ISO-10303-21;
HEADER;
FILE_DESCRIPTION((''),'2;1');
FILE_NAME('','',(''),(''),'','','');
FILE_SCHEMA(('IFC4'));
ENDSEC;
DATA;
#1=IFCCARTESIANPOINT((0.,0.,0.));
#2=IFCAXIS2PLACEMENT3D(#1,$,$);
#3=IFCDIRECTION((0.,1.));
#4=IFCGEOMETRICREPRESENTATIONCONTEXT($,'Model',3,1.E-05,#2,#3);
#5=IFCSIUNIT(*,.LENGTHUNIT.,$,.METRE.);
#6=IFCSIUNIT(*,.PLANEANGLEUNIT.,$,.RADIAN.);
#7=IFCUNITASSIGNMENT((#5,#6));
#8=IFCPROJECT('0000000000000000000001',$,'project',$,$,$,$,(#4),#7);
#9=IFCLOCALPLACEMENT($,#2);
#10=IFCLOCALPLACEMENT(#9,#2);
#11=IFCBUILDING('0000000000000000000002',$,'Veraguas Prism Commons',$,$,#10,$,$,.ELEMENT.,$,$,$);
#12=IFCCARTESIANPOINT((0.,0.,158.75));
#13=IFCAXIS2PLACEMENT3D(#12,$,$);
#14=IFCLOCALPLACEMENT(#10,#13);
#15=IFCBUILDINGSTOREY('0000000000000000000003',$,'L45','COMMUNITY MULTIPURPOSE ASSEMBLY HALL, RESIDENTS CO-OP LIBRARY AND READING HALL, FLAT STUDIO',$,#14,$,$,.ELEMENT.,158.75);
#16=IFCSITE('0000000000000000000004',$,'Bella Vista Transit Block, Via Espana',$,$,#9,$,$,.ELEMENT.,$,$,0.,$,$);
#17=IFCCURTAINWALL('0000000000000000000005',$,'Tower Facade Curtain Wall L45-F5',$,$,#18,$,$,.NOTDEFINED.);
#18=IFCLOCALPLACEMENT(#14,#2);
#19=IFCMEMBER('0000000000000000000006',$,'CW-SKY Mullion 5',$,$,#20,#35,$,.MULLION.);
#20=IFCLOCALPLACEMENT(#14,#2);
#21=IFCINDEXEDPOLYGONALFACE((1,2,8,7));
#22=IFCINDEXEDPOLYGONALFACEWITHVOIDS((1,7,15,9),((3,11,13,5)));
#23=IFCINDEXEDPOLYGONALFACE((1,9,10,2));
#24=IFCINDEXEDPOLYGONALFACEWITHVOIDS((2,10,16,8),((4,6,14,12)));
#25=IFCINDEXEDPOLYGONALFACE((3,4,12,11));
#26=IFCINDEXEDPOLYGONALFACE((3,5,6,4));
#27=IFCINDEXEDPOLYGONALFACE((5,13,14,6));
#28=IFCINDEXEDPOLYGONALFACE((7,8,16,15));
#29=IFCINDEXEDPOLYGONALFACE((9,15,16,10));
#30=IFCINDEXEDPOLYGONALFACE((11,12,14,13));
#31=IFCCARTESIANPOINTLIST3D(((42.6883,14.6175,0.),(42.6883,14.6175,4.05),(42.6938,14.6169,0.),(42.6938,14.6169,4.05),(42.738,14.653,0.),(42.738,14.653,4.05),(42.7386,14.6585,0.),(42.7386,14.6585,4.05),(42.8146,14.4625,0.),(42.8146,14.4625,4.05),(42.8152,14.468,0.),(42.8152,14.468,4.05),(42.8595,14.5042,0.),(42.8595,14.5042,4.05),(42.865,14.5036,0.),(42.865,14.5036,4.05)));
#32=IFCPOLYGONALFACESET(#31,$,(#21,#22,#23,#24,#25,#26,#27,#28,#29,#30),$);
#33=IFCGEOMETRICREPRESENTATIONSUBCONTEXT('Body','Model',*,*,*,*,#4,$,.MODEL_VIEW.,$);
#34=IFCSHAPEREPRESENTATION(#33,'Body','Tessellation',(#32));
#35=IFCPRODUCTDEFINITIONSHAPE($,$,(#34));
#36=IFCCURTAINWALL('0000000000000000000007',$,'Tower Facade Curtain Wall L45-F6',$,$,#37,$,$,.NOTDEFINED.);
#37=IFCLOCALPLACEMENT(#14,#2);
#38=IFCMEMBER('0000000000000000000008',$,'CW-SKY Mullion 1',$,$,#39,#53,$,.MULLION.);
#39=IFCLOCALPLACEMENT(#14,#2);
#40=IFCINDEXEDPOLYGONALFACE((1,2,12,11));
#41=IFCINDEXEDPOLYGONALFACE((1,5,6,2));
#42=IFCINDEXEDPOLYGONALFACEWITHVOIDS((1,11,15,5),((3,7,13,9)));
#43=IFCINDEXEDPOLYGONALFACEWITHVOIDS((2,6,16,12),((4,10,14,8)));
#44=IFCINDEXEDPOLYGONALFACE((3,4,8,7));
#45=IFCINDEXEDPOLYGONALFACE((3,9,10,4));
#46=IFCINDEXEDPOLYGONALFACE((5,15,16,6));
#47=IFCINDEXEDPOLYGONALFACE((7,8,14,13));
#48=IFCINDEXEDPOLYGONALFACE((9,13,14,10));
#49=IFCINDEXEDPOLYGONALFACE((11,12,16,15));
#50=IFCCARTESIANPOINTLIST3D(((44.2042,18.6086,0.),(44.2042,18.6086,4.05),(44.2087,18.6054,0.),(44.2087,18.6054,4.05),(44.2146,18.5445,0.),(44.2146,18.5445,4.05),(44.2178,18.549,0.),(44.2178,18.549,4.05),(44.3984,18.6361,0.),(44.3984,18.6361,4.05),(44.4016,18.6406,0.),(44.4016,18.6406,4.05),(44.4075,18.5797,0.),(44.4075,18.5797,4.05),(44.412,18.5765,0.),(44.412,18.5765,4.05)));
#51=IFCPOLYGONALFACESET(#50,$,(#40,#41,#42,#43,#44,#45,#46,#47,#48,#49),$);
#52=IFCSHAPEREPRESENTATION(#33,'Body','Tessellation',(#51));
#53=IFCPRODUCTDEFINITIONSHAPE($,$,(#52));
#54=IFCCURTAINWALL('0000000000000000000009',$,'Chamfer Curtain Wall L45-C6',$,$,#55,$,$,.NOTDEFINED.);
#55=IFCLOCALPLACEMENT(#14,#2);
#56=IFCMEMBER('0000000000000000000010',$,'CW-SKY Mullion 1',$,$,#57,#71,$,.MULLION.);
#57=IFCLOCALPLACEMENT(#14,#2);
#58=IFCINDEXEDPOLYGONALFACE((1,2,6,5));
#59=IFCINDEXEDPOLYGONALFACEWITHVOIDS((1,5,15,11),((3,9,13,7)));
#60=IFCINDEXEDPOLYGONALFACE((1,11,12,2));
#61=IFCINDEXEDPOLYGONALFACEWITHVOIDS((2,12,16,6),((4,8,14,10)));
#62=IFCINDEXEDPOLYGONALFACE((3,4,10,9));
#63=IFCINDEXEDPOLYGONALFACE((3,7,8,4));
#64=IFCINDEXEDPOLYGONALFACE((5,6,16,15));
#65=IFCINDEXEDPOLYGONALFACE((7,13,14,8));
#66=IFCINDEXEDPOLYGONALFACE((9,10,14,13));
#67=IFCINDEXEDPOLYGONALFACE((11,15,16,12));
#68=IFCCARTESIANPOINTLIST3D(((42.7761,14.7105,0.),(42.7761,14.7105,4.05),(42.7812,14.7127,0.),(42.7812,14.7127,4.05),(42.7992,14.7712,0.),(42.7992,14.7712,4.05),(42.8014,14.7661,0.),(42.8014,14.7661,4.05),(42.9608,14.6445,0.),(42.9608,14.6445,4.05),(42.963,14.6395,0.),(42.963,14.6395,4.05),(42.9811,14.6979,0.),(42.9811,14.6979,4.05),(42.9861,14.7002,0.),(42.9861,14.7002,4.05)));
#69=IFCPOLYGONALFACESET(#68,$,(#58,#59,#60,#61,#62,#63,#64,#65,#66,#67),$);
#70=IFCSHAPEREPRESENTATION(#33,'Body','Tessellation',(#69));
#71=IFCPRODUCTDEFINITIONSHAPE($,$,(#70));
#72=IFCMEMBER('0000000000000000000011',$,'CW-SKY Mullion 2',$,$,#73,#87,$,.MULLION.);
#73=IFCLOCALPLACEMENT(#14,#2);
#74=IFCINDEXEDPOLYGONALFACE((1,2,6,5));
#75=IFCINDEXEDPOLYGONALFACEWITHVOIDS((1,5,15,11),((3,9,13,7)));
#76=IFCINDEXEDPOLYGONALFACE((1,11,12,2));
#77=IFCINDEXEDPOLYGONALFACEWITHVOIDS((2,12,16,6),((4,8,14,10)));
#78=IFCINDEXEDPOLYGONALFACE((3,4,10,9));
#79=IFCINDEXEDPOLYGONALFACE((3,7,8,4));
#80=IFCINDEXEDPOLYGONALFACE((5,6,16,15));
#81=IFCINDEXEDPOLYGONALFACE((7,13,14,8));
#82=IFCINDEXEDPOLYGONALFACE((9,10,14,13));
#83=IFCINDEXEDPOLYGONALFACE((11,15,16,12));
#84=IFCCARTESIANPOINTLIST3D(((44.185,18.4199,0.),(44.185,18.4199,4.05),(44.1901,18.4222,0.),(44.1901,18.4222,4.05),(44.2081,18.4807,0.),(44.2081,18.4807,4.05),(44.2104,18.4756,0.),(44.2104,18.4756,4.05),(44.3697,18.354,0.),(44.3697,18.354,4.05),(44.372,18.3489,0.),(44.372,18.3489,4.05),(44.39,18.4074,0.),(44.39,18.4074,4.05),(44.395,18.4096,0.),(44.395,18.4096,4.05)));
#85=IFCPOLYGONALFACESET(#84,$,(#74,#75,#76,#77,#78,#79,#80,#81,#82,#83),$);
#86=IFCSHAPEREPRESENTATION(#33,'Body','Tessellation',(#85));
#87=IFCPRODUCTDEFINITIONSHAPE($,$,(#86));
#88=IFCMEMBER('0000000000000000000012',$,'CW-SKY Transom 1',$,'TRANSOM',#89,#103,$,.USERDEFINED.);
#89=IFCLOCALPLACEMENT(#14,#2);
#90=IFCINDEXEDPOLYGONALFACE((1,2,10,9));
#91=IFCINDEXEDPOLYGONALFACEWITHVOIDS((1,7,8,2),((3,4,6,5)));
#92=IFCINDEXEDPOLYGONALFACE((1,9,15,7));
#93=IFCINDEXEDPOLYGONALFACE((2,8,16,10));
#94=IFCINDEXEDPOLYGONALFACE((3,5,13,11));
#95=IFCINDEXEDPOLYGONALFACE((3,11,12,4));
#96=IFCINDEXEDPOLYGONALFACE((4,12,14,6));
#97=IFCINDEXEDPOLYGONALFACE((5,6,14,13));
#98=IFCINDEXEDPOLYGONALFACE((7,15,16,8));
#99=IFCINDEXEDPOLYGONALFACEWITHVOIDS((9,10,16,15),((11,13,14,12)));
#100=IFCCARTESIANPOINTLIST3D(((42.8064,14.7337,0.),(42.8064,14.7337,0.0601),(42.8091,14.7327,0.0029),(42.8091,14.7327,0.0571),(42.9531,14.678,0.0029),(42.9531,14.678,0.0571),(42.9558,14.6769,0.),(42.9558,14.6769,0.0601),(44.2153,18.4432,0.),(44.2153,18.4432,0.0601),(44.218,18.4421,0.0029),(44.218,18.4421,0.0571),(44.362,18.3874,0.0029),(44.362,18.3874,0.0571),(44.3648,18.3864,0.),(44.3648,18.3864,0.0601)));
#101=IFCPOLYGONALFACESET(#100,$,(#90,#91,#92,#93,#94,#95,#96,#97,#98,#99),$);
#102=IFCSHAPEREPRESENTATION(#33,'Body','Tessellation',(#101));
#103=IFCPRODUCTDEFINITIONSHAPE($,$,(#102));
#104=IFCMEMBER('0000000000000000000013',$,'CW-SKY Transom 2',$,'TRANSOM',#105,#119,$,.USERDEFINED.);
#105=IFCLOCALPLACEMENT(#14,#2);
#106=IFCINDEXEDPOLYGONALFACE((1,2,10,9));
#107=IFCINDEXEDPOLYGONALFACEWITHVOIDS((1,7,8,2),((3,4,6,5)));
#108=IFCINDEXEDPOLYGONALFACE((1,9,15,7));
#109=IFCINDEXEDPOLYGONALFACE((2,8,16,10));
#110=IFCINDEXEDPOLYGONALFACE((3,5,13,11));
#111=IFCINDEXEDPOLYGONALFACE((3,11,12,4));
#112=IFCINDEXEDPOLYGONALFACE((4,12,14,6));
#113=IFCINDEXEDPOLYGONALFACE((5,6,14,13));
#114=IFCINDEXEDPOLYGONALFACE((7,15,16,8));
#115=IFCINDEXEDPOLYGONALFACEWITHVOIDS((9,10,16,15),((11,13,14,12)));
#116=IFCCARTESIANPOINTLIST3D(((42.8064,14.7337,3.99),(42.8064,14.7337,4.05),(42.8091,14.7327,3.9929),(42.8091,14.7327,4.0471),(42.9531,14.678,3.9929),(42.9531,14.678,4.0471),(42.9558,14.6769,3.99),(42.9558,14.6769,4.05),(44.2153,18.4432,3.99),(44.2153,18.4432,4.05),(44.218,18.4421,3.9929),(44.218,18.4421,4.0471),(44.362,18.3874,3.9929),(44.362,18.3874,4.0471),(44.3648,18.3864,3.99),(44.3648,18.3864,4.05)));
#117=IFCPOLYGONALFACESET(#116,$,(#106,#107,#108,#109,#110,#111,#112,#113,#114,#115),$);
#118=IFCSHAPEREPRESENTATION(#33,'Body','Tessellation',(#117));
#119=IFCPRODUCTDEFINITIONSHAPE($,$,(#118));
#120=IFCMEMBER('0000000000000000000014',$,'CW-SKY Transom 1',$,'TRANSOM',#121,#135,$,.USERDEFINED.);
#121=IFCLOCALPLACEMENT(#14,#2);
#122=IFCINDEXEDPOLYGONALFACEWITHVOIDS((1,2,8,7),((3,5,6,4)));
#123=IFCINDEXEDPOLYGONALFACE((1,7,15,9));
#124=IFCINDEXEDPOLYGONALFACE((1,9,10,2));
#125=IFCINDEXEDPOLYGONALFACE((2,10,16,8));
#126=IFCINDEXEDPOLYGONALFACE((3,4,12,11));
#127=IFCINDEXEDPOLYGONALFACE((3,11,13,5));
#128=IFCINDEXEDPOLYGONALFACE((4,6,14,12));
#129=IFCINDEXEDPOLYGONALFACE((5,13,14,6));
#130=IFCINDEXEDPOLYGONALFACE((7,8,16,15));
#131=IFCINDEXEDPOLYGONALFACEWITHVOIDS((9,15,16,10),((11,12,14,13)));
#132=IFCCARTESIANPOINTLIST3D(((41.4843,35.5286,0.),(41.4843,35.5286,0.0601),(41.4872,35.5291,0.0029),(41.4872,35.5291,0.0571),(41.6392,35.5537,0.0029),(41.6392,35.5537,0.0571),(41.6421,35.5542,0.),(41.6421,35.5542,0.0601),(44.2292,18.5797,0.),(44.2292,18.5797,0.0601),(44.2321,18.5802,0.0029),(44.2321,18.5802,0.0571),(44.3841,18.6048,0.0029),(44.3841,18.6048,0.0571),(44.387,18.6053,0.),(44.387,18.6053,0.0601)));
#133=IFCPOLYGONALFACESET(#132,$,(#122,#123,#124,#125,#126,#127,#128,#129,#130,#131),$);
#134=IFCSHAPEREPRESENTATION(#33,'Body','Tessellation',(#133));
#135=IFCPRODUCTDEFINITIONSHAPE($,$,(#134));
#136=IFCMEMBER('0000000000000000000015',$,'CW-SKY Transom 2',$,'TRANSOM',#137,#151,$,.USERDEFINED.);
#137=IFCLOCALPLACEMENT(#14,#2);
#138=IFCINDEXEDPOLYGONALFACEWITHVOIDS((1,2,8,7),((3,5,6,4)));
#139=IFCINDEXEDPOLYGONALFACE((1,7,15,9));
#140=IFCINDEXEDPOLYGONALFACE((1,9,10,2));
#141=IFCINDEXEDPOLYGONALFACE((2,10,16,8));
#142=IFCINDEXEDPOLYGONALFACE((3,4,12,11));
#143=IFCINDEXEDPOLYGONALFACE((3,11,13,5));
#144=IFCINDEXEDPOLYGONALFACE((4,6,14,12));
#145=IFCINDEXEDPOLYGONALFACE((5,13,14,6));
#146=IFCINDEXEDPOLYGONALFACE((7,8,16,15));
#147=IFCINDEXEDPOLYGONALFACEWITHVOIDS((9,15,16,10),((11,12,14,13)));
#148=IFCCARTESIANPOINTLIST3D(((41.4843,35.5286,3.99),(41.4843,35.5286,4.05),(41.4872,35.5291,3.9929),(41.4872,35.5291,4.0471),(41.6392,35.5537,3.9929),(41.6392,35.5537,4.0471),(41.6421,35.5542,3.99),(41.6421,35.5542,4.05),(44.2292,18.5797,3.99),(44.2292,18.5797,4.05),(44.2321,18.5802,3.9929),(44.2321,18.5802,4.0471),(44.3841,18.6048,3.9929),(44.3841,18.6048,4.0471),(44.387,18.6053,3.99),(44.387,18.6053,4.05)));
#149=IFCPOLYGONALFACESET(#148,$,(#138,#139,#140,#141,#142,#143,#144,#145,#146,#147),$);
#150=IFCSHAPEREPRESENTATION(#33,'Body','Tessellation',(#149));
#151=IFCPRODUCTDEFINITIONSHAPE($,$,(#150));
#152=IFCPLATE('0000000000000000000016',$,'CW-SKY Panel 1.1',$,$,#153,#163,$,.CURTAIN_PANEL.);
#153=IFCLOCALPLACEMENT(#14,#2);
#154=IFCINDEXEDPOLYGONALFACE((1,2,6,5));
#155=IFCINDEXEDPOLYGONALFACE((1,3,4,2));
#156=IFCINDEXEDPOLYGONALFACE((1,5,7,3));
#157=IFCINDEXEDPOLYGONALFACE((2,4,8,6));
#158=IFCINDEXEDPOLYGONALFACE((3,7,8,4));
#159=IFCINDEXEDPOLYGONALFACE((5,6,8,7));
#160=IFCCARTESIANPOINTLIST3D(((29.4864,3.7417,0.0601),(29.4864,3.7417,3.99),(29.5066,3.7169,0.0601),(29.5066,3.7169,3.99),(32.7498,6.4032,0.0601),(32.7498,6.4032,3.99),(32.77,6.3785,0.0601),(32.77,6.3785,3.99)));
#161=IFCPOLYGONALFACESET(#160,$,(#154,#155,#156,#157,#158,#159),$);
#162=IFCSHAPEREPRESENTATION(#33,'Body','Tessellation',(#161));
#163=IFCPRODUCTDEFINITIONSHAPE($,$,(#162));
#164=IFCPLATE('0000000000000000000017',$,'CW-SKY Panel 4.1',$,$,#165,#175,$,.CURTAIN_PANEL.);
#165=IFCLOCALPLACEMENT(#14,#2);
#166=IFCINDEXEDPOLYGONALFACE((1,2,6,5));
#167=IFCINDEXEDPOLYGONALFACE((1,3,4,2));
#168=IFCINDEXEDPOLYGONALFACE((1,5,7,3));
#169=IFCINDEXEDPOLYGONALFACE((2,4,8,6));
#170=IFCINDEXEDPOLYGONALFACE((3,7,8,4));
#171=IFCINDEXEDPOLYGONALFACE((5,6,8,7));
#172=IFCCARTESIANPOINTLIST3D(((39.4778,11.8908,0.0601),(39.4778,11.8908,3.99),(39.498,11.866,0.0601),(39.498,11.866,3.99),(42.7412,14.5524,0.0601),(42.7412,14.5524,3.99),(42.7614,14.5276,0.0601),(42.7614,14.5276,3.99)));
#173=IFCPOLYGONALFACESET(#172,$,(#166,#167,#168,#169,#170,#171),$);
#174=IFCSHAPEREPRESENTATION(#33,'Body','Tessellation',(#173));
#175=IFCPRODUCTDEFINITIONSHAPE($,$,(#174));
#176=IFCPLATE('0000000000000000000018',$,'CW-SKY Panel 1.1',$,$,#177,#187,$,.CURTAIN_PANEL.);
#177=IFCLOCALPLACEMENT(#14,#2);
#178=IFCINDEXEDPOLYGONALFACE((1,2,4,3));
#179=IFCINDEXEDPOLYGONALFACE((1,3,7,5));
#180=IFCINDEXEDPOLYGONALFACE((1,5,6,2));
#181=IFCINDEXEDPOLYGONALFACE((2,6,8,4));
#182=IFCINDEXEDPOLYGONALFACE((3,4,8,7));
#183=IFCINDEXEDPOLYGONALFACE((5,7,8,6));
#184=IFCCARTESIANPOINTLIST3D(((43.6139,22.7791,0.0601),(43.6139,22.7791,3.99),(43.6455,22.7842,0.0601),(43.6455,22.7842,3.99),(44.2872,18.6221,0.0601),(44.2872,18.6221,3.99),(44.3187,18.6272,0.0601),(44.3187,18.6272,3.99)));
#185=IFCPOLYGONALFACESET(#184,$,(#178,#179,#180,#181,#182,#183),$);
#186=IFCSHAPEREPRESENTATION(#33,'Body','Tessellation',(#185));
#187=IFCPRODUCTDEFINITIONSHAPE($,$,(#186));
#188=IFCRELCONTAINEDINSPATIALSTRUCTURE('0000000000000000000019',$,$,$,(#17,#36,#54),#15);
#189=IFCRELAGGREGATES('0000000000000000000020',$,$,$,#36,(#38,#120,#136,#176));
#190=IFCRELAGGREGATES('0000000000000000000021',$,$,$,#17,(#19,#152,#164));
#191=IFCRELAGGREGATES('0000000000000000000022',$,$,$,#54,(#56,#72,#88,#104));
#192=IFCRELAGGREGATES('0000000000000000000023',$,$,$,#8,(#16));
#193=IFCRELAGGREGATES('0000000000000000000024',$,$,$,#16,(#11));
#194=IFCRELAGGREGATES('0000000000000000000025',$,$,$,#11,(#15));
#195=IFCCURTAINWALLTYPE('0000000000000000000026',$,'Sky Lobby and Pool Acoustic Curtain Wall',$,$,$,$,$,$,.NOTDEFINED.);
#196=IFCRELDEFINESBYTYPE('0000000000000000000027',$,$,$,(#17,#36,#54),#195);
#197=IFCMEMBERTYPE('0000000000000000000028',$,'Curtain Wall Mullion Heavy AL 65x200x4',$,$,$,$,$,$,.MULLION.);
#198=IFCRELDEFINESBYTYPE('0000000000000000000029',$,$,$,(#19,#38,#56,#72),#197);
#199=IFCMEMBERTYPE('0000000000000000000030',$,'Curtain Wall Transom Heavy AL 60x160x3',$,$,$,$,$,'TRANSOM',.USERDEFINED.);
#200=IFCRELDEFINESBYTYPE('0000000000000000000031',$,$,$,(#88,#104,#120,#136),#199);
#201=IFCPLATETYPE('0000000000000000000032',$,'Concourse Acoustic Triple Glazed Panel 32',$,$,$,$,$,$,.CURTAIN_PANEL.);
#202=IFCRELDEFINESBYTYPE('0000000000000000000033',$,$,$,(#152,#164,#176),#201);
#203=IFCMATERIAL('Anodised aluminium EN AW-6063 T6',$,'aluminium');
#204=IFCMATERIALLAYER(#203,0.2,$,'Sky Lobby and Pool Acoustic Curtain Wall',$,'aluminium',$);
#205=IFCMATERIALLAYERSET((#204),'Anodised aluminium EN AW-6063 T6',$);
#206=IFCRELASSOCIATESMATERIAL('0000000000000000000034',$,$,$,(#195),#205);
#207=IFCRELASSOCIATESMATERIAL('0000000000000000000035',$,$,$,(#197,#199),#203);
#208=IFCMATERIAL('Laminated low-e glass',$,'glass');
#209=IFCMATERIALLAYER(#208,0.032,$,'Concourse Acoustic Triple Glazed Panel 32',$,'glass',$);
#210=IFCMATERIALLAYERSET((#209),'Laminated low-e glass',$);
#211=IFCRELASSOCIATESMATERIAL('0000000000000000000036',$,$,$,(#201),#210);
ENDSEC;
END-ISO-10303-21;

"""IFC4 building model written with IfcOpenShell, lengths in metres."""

from ifc_helpers import new_model, si_unit, direction, frame, origin, origin_2d, place, context, subcontext, project, spatial, rectangle, hollow_rectangle, extrude, source, transform, mapped, material, layer, layer_set, material_profile, profile_set, type_object, element, aggregate, save


model = new_model("IFC4")

# Units and contexts
model_context = context("Model", 3, precision=1e-05, world=origin(), true_north=direction((0.0, 1.0)))
body_context = subcontext(model_context, "Body", "Model", "MODEL_VIEW")
ifc_project = project(units=[si_unit("LENGTHUNIT", "METRE"), si_unit("PLANEANGLEUNIT", "RADIAN")], contexts=[model_context])

# Site, building, storey
site_placement = place(None, origin())
site = spatial("IfcSite", under=ifc_project, at=site_placement, Name="Bella Vista Transit Block, Via Espana", CompositionType="ELEMENT", RefElevation=0.0)
building_placement = place(site_placement, origin())
building = spatial("IfcBuilding", under=site, at=building_placement, Name="Veraguas Prism Commons", CompositionType="ELEMENT")
storey_placement = place(building_placement, frame((0.0, 0.0, 158.75)))
storey = spatial("IfcBuildingStorey", under=building, at=storey_placement, Name="L45", Description="COMMUNITY MULTIPURPOSE ASSEMBLY HALL, RESIDENTS CO-OP LIBRARY AND READING HALL, FLAT STUDIO", CompositionType="ELEMENT", Elevation=158.75)

# Curtain wall, member
ifc_material_1 = material(Name="Anodised aluminium EN AW-6063 T6", Category="aluminium")
ifc_layer_1 = layer(ifc_material_1, 0.2, Name="Sky Lobby and Pool Acoustic Curtain Wall", Category="aluminium")
ifc_layer_set_1 = layer_set([ifc_layer_1], Name="Anodised aluminium EN AW-6063 T6")
curtain_wall_type = type_object("IfcCurtainWallType", Name="Sky Lobby and Pool Acoustic Curtain Wall", PredefinedType="NOTDEFINED", material=ifc_layer_set_1)
curtain_wall_1_placement = place(storey_placement, origin())
curtain_wall_1 = element("IfcCurtainWall", 1, at=curtain_wall_1_placement, inside=storey, type_object=curtain_wall_type, Name="Tower Facade Curtain Wall L45-F5", PredefinedType="NOTDEFINED")
ifc_material_profile_1 = material_profile(ifc_material_1, hollow_rectangle(XDim=0.0649, YDim=0.2, WallThickness=0.0039, at=origin_2d()), Name="AL65X200X4")
ifc_profile_set_1 = profile_set([ifc_material_profile_1], Name="Anodised aluminium EN AW-6063 T6")
member_type_1 = type_object("IfcMemberType", Name="Curtain Wall Mullion Heavy AL 65x200x4", PredefinedType="MULLION", material=ifc_profile_set_1)
shared_shape_1 = source(origin(), body_context, "Body", "SweptSolid", [
    extrude(hollow_rectangle(XDim=0.0649, YDim=0.2, WallThickness=0.0039, at=origin_2d()), origin(), (0.0, 0.0, 1.0), 4.05),
])
member_1_placement = place(storey_placement, frame((42.7766, 14.5605, 0.0), z_axis=(0.0, 0.0, 1.0), x_axis=(0.774943, 0.632031, 0.0)))
member_1 = element("IfcMember", 2, at=member_1_placement, type_object=member_type_1, Name="CW-SKY Mullion 5", PredefinedType="MULLION", context=body_context, shape_type="MappedRepresentation", body=[
    mapped(shared_shape_1, transform((0.0, 0.0, 0.0), scale=1.0)),
])

# Curtain wall, member
curtain_wall_2_placement = place(storey_placement, origin())
curtain_wall_2 = element("IfcCurtainWall", 3, at=curtain_wall_2_placement, inside=storey, type_object=curtain_wall_type, Name="Tower Facade Curtain Wall L45-F6", PredefinedType="NOTDEFINED")
member_2_placement = place(storey_placement, frame((44.3081, 18.5925, 0.0), z_axis=(0.0, 0.0, 1.0), x_axis=(-0.159878, 0.987137, 0.0)))
member_2 = element("IfcMember", 4, at=member_2_placement, type_object=member_type_1, Name="CW-SKY Mullion 1", PredefinedType="MULLION", context=body_context, shape_type="MappedRepresentation", body=[
    mapped(shared_shape_1, transform((0.0, 0.0, 0.0), scale=1.0)),
])

# Curtain wall, members
curtain_wall_3_placement = place(storey_placement, origin())
curtain_wall_3 = element("IfcCurtainWall", 5, at=curtain_wall_3_placement, inside=storey, type_object=curtain_wall_type, Name="Chamfer Curtain Wall L45-C6", PredefinedType="NOTDEFINED")
member_3_placement = place(storey_placement, frame((42.8811, 14.7053, 0.0), z_axis=(0.0, 0.0, 1.0), x_axis=(0.355115, 0.934823, 0.0)))
member_3 = element("IfcMember", 6, at=member_3_placement, type_object=member_type_1, Name="CW-SKY Mullion 1", PredefinedType="MULLION", context=body_context, shape_type="MappedRepresentation", body=[
    mapped(shared_shape_1, transform((0.0, 0.0, 0.0), scale=1.0)),
])
member_4_placement = place(storey_placement, frame((44.29, 18.4148, 0.0), z_axis=(0.0, 0.0, 1.0), x_axis=(0.355115, 0.934823, 0.0)))
member_4 = element("IfcMember", 7, at=member_4_placement, type_object=member_type_1, Name="CW-SKY Mullion 2", PredefinedType="MULLION", context=body_context, shape_type="MappedRepresentation", body=[
    mapped(shared_shape_1, transform((0.0, 0.0, 0.0), scale=1.0)),
])
ifc_material_profile_2 = material_profile(ifc_material_1, hollow_rectangle(XDim=0.0601, YDim=0.1599, WallThickness=0.0029, at=origin_2d()), Name="AL60X160X3")
ifc_profile_set_2 = profile_set([ifc_material_profile_2], Name="Anodised aluminium EN AW-6063 T6")
member_type_2 = type_object("IfcMemberType", Name="Curtain Wall Transom Heavy AL 60x160x3", ElementType="TRANSOM", PredefinedType="USERDEFINED", material=ifc_profile_set_2)
shared_shape_2 = source(origin(), body_context, "Body", "SweptSolid", [
    extrude(hollow_rectangle(XDim=0.0601, YDim=0.1599, WallThickness=0.0029, at=origin_2d()), origin(), (0.0, 0.0, 1.0), 3.968),
])
member_5_placement = place(storey_placement, frame((42.8811, 14.7053, 0.03), z_axis=(0.355072, 0.934839, 0.0), x_axis=(0.0, 0.0, 1.0)))
member_5 = element("IfcMember", 8, at=member_5_placement, type_object=member_type_2, Name="CW-SKY Transom 1", ObjectType="TRANSOM", PredefinedType="USERDEFINED", context=body_context, shape_type="MappedRepresentation", body=[
    mapped(shared_shape_2, transform((0.0, 0.0, 0.0), scale=1.0)),
])
member_6_placement = place(storey_placement, frame((42.8811, 14.7053, 4.02), z_axis=(0.355072, 0.934839, 0.0), x_axis=(0.0, 0.0, 1.0)))
member_6 = element("IfcMember", 9, at=member_6_placement, type_object=member_type_2, Name="CW-SKY Transom 2", ObjectType="TRANSOM", PredefinedType="USERDEFINED", context=body_context, shape_type="MappedRepresentation", body=[
    mapped(shared_shape_2, transform((0.0, 0.0, 0.0), scale=1.0)),
])

# Members
shared_shape_3 = source(origin(), body_context, "Body", "SweptSolid", [
    extrude(hollow_rectangle(XDim=0.0601, YDim=0.1599, WallThickness=0.0029, at=origin_2d()), origin(), (0.0, 0.0, 1.0), 17.1697),
])
member_7_placement = place(storey_placement, frame((44.3081, 18.5925, 0.03), z_axis=(-0.159869, 0.987138, 0.0), x_axis=(0.0, 0.0, 1.0)))
member_7 = element("IfcMember", 10, at=member_7_placement, type_object=member_type_2, Name="CW-SKY Transom 1", ObjectType="TRANSOM", PredefinedType="USERDEFINED", context=body_context, shape_type="MappedRepresentation", body=[
    mapped(shared_shape_3, transform((0.0, 0.0, 0.0), scale=1.0)),
])
member_8_placement = place(storey_placement, frame((44.3081, 18.5925, 4.02), z_axis=(-0.159869, 0.987138, 0.0), x_axis=(0.0, 0.0, 1.0)))
member_8 = element("IfcMember", 11, at=member_8_placement, type_object=member_type_2, Name="CW-SKY Transom 2", ObjectType="TRANSOM", PredefinedType="USERDEFINED", context=body_context, shape_type="MappedRepresentation", body=[
    mapped(shared_shape_3, transform((0.0, 0.0, 0.0), scale=1.0)),
])

# Plates
ifc_material_2 = material(Name="Laminated low-e glass", Category="glass")
ifc_layer_2 = layer(ifc_material_2, 0.032, Name="Concourse Acoustic Triple Glazed Panel 32", Category="glass")
ifc_layer_set_2 = layer_set([ifc_layer_2], Name="Laminated low-e glass")
plate_type = type_object("IfcPlateType", Name="Concourse Acoustic Triple Glazed Panel 32", PredefinedType="CURTAIN_PANEL", material=ifc_layer_set_2)
shared_shape_4 = source(origin(), body_context, "Body", "SweptSolid", [
    extrude(rectangle(XDim=4.2112, YDim=0.032, at=origin_2d()), origin(), (0.0, 0.0, 1.0), 3.9299),
])
plate_1_placement = place(storey_placement, frame((31.1282, 5.0601, 0.0601), z_axis=(0.0, 0.0, 1.0), x_axis=(0.774943, 0.632031, 0.0)))
plate_1 = element("IfcPlate", 12, at=plate_1_placement, type_object=plate_type, Name="CW-SKY Panel 1.1", PredefinedType="CURTAIN_PANEL", context=body_context, shape_type="MappedRepresentation", body=[
    mapped(shared_shape_4, transform((0.0, 0.0, 0.0), scale=1.0)),
])
plate_2_placement = place(storey_placement, frame((41.1196, 13.2092, 0.0601), z_axis=(0.0, 0.0, 1.0), x_axis=(0.774943, 0.632031, 0.0)))
plate_2 = element("IfcPlate", 13, at=plate_2_placement, type_object=plate_type, Name="CW-SKY Panel 4.1", PredefinedType="CURTAIN_PANEL", context=body_context, shape_type="MappedRepresentation", body=[
    mapped(shared_shape_4, transform((0.0, 0.0, 0.0), scale=1.0)),
])
plate_3_placement = place(storey_placement, frame((43.9663, 20.7031, 0.0601), z_axis=(0.0, 0.0, 1.0), x_axis=(-0.159878, 0.987137, 0.0)))
plate_3 = element("IfcPlate", 14, at=plate_3_placement, type_object=plate_type, Name="CW-SKY Panel 1.1", PredefinedType="CURTAIN_PANEL", context=body_context, shape_type="MappedRepresentation", body=[
    mapped(shared_shape_4, transform((0.0, 0.0, 0.0), scale=1.0)),
])
aggregate(curtain_wall_2, [member_2, member_7, member_8, plate_3])
aggregate(curtain_wall_1, [member_1, plate_1, plate_2])
aggregate(curtain_wall_3, [member_3, member_4, member_5, member_6])

save(model, "model.ifc")
